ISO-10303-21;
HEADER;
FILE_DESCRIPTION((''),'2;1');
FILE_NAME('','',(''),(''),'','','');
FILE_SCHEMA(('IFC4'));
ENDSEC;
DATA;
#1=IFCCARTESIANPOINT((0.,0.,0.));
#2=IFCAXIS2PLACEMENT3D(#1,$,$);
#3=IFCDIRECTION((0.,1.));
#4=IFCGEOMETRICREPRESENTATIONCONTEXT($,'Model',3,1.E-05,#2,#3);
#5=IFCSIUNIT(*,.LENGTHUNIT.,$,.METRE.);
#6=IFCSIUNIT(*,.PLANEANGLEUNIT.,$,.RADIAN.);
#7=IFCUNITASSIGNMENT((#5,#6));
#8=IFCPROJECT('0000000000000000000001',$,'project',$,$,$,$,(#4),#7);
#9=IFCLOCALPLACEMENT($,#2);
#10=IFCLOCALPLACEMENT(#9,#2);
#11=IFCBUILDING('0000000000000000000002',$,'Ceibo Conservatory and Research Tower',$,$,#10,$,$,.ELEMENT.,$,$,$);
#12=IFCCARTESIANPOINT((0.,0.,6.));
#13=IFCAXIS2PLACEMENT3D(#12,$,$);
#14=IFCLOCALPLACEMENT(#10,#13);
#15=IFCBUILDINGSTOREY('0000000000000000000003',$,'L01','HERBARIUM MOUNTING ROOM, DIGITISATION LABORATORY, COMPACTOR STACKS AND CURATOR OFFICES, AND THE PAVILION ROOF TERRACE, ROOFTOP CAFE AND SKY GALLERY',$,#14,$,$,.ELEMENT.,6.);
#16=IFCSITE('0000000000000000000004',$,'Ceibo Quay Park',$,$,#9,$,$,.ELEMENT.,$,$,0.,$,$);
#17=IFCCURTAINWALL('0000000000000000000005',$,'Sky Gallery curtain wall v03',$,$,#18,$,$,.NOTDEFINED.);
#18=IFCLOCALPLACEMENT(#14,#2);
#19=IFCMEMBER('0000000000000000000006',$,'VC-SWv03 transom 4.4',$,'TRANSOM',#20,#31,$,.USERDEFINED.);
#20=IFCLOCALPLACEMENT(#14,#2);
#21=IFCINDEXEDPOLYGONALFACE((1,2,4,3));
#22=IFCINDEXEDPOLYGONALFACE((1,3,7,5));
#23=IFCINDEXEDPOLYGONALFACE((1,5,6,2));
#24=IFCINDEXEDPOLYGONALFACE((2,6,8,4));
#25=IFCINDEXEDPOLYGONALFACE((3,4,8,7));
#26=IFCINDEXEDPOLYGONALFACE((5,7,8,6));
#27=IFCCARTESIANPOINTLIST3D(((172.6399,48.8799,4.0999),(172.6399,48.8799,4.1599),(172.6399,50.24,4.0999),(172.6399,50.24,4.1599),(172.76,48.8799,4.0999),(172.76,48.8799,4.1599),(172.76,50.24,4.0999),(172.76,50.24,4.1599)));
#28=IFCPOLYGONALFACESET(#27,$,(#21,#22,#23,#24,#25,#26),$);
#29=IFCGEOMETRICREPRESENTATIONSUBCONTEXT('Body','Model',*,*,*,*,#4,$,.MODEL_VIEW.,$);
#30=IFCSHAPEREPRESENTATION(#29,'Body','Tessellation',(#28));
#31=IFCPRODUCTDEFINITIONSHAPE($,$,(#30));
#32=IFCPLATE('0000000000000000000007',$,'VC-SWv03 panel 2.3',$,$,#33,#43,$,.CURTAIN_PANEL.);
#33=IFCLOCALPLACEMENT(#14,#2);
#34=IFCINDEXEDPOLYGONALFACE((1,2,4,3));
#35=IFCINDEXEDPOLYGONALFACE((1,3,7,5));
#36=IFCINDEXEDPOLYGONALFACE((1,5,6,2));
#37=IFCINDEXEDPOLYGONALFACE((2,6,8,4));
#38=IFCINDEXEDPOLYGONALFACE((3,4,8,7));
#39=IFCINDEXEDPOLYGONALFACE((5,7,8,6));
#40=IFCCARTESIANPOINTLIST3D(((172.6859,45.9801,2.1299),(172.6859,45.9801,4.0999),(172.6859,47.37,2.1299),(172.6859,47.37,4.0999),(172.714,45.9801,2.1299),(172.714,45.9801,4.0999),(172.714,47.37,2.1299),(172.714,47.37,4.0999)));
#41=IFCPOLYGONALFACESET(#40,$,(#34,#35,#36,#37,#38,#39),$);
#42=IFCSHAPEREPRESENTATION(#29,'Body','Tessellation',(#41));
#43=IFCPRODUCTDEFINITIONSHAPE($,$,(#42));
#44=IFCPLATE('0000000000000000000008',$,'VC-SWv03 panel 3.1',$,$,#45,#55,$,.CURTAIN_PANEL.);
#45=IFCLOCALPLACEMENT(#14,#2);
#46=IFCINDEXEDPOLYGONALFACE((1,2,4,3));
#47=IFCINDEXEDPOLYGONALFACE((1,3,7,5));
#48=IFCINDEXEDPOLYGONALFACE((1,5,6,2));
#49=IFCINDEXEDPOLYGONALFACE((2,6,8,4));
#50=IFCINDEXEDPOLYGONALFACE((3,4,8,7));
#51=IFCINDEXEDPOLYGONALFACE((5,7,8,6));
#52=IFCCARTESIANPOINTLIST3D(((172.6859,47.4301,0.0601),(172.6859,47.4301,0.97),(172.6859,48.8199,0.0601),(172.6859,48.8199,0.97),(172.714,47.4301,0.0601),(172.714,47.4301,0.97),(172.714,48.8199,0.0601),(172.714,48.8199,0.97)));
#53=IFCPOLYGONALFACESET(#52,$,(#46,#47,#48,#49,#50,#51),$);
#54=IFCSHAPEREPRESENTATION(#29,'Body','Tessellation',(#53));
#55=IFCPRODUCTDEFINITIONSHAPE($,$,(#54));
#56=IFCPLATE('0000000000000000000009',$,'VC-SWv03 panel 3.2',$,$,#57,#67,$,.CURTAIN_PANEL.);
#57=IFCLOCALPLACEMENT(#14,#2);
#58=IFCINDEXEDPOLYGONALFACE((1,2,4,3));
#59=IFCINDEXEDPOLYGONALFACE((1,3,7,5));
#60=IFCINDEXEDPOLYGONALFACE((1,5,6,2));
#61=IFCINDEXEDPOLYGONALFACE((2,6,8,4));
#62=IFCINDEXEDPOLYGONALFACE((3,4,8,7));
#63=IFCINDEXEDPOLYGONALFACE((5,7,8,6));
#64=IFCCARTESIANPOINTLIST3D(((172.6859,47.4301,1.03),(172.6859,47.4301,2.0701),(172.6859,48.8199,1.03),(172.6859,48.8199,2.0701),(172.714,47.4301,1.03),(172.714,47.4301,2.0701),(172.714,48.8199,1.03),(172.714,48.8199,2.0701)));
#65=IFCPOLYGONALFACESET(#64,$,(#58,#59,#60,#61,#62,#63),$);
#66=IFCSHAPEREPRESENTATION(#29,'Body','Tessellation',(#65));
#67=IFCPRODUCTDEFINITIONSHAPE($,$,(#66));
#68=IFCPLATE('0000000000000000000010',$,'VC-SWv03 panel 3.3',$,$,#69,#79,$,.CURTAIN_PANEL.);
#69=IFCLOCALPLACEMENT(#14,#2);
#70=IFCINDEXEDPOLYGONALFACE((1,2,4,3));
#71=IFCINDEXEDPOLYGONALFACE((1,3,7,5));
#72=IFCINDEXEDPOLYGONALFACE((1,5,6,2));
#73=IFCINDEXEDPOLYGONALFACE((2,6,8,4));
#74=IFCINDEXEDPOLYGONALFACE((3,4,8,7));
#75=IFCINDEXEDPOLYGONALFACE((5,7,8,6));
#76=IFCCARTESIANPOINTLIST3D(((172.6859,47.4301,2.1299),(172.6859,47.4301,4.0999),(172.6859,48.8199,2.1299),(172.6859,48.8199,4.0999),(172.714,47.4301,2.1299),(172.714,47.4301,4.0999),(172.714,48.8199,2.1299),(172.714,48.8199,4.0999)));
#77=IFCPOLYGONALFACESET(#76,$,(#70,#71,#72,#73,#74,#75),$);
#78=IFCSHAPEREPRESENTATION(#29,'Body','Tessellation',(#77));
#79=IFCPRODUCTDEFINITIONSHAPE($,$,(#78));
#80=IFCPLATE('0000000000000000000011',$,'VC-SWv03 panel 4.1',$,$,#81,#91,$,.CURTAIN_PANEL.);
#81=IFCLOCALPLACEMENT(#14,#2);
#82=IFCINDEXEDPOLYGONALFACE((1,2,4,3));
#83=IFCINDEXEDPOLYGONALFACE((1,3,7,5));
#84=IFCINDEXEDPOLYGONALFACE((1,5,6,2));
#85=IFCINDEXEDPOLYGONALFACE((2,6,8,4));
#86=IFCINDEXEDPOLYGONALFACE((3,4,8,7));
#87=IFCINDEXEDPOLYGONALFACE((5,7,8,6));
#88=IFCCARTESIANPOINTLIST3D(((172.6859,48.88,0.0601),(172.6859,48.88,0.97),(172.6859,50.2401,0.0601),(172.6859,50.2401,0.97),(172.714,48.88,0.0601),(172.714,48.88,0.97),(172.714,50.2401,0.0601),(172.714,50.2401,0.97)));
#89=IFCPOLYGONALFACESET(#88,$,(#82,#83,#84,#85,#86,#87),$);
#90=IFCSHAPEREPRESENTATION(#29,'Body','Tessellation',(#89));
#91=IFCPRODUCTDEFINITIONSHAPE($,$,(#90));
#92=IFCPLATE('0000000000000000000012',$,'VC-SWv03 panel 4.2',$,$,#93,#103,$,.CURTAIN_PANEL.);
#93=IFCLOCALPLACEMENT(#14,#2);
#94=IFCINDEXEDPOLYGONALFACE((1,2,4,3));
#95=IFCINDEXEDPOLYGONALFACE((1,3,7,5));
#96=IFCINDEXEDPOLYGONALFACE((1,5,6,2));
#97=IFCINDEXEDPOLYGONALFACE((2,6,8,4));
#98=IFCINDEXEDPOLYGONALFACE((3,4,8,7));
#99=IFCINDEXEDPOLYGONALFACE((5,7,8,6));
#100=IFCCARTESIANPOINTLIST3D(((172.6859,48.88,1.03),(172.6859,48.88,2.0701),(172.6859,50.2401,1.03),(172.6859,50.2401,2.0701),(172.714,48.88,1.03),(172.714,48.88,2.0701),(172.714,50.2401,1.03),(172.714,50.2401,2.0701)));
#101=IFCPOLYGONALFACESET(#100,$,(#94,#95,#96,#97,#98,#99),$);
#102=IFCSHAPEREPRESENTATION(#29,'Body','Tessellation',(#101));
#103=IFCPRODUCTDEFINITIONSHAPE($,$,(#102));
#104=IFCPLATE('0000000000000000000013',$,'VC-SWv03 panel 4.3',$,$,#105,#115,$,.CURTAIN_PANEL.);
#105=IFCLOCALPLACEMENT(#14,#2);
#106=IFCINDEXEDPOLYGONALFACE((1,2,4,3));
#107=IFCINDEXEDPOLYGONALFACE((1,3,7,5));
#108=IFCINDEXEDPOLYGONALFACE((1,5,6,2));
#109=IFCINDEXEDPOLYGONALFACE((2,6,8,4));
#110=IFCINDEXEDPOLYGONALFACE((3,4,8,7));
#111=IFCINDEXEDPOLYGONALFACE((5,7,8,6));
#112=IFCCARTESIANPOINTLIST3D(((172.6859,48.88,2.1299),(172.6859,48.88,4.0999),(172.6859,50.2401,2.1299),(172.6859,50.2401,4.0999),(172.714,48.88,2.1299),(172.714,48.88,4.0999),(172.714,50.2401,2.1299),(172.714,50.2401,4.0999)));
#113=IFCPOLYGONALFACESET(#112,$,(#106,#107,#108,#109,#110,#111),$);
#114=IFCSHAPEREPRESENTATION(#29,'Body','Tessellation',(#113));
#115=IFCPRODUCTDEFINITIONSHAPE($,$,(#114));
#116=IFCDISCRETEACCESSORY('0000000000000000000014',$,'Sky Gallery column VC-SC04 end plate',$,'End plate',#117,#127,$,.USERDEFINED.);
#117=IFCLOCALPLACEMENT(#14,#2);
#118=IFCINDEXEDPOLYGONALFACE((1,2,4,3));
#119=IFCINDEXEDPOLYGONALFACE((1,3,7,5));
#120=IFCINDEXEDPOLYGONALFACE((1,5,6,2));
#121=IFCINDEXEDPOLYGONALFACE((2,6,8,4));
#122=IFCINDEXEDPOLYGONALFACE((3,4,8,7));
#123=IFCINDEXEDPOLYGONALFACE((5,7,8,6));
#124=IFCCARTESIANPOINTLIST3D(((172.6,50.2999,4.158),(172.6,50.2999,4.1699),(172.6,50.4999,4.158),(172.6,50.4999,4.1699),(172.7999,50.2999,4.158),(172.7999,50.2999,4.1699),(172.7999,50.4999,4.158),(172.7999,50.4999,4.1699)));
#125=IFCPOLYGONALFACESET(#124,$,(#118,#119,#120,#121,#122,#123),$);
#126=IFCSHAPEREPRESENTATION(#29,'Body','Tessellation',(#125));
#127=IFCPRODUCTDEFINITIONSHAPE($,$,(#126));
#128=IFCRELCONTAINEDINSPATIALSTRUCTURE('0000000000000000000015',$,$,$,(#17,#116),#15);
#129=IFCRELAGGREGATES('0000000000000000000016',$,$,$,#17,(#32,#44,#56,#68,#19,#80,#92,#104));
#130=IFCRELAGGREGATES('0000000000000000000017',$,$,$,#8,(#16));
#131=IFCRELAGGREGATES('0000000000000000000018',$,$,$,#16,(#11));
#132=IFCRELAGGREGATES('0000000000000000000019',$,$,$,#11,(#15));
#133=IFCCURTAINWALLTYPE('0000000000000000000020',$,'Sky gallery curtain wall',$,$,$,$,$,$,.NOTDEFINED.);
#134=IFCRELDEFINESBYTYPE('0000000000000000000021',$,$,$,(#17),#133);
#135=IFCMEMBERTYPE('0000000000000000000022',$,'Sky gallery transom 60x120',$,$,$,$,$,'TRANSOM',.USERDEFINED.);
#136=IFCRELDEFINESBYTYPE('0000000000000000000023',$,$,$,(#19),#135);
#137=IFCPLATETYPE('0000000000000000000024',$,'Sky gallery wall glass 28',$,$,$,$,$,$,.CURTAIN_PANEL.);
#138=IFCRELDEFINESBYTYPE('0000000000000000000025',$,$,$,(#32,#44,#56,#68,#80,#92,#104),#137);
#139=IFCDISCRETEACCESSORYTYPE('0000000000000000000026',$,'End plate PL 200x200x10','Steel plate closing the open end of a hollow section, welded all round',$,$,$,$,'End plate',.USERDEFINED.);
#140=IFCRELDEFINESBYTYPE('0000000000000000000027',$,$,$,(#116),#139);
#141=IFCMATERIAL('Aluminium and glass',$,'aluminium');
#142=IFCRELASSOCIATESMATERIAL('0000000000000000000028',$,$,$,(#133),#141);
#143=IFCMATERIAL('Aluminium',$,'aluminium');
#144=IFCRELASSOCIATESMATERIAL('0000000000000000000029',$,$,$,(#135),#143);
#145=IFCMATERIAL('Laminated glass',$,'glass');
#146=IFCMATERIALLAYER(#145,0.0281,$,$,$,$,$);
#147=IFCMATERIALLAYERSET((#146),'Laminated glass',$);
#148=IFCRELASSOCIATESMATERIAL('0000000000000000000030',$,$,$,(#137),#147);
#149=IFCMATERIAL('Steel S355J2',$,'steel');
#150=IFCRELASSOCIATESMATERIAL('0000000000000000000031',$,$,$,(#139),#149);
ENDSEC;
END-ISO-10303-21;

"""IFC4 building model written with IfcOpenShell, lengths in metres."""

from ifc_helpers import new_model, si_unit, direction, frame, origin, origin_2d, place, context, subcontext, project, spatial, rectangle, extrude, material, layer, layer_set, material_profile, profile_set, type_object, element, aggregate, save


model = new_model("IFC4")

# Units and contexts
model_context = context("Model", 3, precision=1e-05, world=origin(), true_north=direction((0.0, 1.0)))
body_context = subcontext(model_context, "Body", "Model", "MODEL_VIEW")
ifc_project = project(units=[si_unit("LENGTHUNIT", "METRE"), si_unit("PLANEANGLEUNIT", "RADIAN")], contexts=[model_context])

# Site, building, storey
site_placement = place(None, origin())
site = spatial("IfcSite", under=ifc_project, at=site_placement, Name="Ceibo Quay Park", CompositionType="ELEMENT", RefElevation=0.0)
building_placement = place(site_placement, origin())
building = spatial("IfcBuilding", under=site, at=building_placement, Name="Ceibo Conservatory and Research Tower", CompositionType="ELEMENT")
storey_placement = place(building_placement, frame((0.0, 0.0, 6.0)))
storey = spatial("IfcBuildingStorey", under=building, at=storey_placement, Name="L01", Description="HERBARIUM MOUNTING ROOM, DIGITISATION LABORATORY, COMPACTOR STACKS AND CURATOR OFFICES, AND THE PAVILION ROOF TERRACE, ROOFTOP CAFE AND SKY GALLERY", CompositionType="ELEMENT", Elevation=6.0)

# Shared definitions
ifc_material_1 = material(Name="Steel S355J2", Category="steel")

# Curtain wall
ifc_material_2 = material(Name="Aluminium and glass", Category="aluminium")
curtain_wall_type = type_object("IfcCurtainWallType", Name="Sky gallery curtain wall", PredefinedType="NOTDEFINED", material=ifc_material_2)
curtain_wall_1_placement = place(storey_placement, origin())
curtain_wall_1 = element("IfcCurtainWall", 1, at=curtain_wall_1_placement, inside=storey, type_object=curtain_wall_type, Name="Sky Gallery curtain wall v03", PredefinedType="NOTDEFINED")
ifc_material_3 = material(Name="Aluminium", Category="aluminium")

# Member
ifc_material_profile_1 = material_profile(ifc_material_3, rectangle(XDim=0.1201, YDim=0.0601, at=origin_2d()), Name="AL 60x120")
ifc_profile_set_1 = profile_set([ifc_material_profile_1], Name="Aluminium")
member_type_1 = type_object("IfcMemberType", Name="Sky gallery transom 60x120", ElementType="TRANSOM", PredefinedType="USERDEFINED", material=ifc_profile_set_1)
member_1_placement = place(storey_placement, frame((172.7, 48.8799, 4.1299), z_axis=(0.0, 1.0, 0.0), x_axis=(-1.0, 0.0, 0.0)))
member_1 = element("IfcMember", 2, at=member_1_placement, type_object=member_type_1, Name="VC-SWv03 transom 4.4", ObjectType="TRANSOM", PredefinedType="USERDEFINED", context=body_context, shape_type="SweptSolid", body=[
    extrude(rectangle(XDim=0.1201, YDim=0.0601, at=origin_2d()), origin(), (0.0, 0.0, 1.0), 1.3601),
])

# Plates
ifc_material_4 = material(Name="Laminated glass", Category="glass")
ifc_layer = layer(ifc_material_4, 0.0281)
ifc_layer_set = layer_set([ifc_layer], Name="Laminated glass")
plate_type = type_object("IfcPlateType", Name="Sky gallery wall glass 28", PredefinedType="CURTAIN_PANEL", material=ifc_layer_set)
plate_1_placement = place(storey_placement, frame((172.7, 46.675, 2.1299), z_axis=(0.0, 0.0, 1.0), x_axis=(0.0, 1.0, 0.0)))
plate_1 = element("IfcPlate", 3, at=plate_1_placement, type_object=plate_type, Name="VC-SWv03 panel 2.3", PredefinedType="CURTAIN_PANEL", context=body_context, shape_type="SweptSolid", body=[
    extrude(rectangle(XDim=1.3899, YDim=0.0281, at=origin_2d()), origin(), (0.0, 0.0, 1.0), 1.97),
])
plate_2_placement = place(storey_placement, frame((172.7, 48.125, 0.0601), z_axis=(0.0, 0.0, 1.0), x_axis=(0.0, 1.0, 0.0)))
plate_2 = element("IfcPlate", 4, at=plate_2_placement, type_object=plate_type, Name="VC-SWv03 panel 3.1", PredefinedType="CURTAIN_PANEL", context=body_context, shape_type="SweptSolid", body=[
    extrude(rectangle(XDim=1.3899, YDim=0.0281, at=origin_2d()), origin(), (0.0, 0.0, 1.0), 0.9099),
])
plate_3_placement = place(storey_placement, frame((172.7, 48.125, 1.03), z_axis=(0.0, 0.0, 1.0), x_axis=(0.0, 1.0, 0.0)))
plate_3 = element("IfcPlate", 5, at=plate_3_placement, type_object=plate_type, Name="VC-SWv03 panel 3.2", PredefinedType="CURTAIN_PANEL", context=body_context, shape_type="SweptSolid", body=[
    extrude(rectangle(XDim=1.3899, YDim=0.0281, at=origin_2d()), origin(), (0.0, 0.0, 1.0), 1.04),
])
plate_4_placement = place(storey_placement, frame((172.7, 48.125, 2.1299), z_axis=(0.0, 0.0, 1.0), x_axis=(0.0, 1.0, 0.0)))
plate_4 = element("IfcPlate", 6, at=plate_4_placement, type_object=plate_type, Name="VC-SWv03 panel 3.3", PredefinedType="CURTAIN_PANEL", context=body_context, shape_type="SweptSolid", body=[
    extrude(rectangle(XDim=1.3899, YDim=0.0281, at=origin_2d()), origin(), (0.0, 0.0, 1.0), 1.97),
])
plate_5_placement = place(storey_placement, frame((172.7, 49.5601, 0.0601), z_axis=(0.0, 0.0, 1.0), x_axis=(0.0, 1.0, 0.0)))
plate_5 = element("IfcPlate", 7, at=plate_5_placement, type_object=plate_type, Name="VC-SWv03 panel 4.1", PredefinedType="CURTAIN_PANEL", context=body_context, shape_type="SweptSolid", body=[
    extrude(rectangle(XDim=1.3601, YDim=0.0281, at=origin_2d()), origin(), (0.0, 0.0, 1.0), 0.9099),
])
plate_6_placement = place(storey_placement, frame((172.7, 49.5601, 1.03), z_axis=(0.0, 0.0, 1.0), x_axis=(0.0, 1.0, 0.0)))
plate_6 = element("IfcPlate", 8, at=plate_6_placement, type_object=plate_type, Name="VC-SWv03 panel 4.2", PredefinedType="CURTAIN_PANEL", context=body_context, shape_type="SweptSolid", body=[
    extrude(rectangle(XDim=1.3601, YDim=0.0281, at=origin_2d()), origin(), (0.0, 0.0, 1.0), 1.04),
])
plate_7_placement = place(storey_placement, frame((172.7, 49.5601, 2.1299), z_axis=(0.0, 0.0, 1.0), x_axis=(0.0, 1.0, 0.0)))
plate_7 = element("IfcPlate", 9, at=plate_7_placement, type_object=plate_type, Name="VC-SWv03 panel 4.3", PredefinedType="CURTAIN_PANEL", context=body_context, shape_type="SweptSolid", body=[
    extrude(rectangle(XDim=1.3601, YDim=0.0281, at=origin_2d()), origin(), (0.0, 0.0, 1.0), 1.97),
])
aggregate(curtain_wall_1, [plate_1, plate_2, plate_3, plate_4, member_1, plate_5, plate_6, plate_7])

# Discrete accessory
ifc_material_profile_2 = material_profile(ifc_material_1, rectangle(XDim=0.2, YDim=0.2, at=origin_2d()), Name="End plate PL 200x200x10")
ifc_profile_set_2 = profile_set([ifc_material_profile_2], Name="Steel S355J2")
discrete_accessory_type = type_object("IfcDiscreteAccessoryType", Name="End plate PL 200x200x10", Description="Steel plate closing the open end of a hollow section, welded all round", ElementType="End plate", PredefinedType="USERDEFINED", material=ifc_profile_set_2)
discrete_accessory_placement = place(storey_placement, frame((172.7, 50.3999, 4.158), z_axis=(0.0, 0.0, 1.0), x_axis=(1.0, 0.0, 0.0)))
element("IfcDiscreteAccessory", 10, at=discrete_accessory_placement, inside=storey, type_object=discrete_accessory_type, Name="Sky Gallery column VC-SC04 end plate", ObjectType="End plate", PredefinedType="USERDEFINED", context=body_context, shape_type="SweptSolid", body=[
    extrude(rectangle(XDim=0.2, YDim=0.2, at=origin_2d()), origin(), (0.0, 0.0, 1.0), 0.012),
])

save(model, "model.ifc")
